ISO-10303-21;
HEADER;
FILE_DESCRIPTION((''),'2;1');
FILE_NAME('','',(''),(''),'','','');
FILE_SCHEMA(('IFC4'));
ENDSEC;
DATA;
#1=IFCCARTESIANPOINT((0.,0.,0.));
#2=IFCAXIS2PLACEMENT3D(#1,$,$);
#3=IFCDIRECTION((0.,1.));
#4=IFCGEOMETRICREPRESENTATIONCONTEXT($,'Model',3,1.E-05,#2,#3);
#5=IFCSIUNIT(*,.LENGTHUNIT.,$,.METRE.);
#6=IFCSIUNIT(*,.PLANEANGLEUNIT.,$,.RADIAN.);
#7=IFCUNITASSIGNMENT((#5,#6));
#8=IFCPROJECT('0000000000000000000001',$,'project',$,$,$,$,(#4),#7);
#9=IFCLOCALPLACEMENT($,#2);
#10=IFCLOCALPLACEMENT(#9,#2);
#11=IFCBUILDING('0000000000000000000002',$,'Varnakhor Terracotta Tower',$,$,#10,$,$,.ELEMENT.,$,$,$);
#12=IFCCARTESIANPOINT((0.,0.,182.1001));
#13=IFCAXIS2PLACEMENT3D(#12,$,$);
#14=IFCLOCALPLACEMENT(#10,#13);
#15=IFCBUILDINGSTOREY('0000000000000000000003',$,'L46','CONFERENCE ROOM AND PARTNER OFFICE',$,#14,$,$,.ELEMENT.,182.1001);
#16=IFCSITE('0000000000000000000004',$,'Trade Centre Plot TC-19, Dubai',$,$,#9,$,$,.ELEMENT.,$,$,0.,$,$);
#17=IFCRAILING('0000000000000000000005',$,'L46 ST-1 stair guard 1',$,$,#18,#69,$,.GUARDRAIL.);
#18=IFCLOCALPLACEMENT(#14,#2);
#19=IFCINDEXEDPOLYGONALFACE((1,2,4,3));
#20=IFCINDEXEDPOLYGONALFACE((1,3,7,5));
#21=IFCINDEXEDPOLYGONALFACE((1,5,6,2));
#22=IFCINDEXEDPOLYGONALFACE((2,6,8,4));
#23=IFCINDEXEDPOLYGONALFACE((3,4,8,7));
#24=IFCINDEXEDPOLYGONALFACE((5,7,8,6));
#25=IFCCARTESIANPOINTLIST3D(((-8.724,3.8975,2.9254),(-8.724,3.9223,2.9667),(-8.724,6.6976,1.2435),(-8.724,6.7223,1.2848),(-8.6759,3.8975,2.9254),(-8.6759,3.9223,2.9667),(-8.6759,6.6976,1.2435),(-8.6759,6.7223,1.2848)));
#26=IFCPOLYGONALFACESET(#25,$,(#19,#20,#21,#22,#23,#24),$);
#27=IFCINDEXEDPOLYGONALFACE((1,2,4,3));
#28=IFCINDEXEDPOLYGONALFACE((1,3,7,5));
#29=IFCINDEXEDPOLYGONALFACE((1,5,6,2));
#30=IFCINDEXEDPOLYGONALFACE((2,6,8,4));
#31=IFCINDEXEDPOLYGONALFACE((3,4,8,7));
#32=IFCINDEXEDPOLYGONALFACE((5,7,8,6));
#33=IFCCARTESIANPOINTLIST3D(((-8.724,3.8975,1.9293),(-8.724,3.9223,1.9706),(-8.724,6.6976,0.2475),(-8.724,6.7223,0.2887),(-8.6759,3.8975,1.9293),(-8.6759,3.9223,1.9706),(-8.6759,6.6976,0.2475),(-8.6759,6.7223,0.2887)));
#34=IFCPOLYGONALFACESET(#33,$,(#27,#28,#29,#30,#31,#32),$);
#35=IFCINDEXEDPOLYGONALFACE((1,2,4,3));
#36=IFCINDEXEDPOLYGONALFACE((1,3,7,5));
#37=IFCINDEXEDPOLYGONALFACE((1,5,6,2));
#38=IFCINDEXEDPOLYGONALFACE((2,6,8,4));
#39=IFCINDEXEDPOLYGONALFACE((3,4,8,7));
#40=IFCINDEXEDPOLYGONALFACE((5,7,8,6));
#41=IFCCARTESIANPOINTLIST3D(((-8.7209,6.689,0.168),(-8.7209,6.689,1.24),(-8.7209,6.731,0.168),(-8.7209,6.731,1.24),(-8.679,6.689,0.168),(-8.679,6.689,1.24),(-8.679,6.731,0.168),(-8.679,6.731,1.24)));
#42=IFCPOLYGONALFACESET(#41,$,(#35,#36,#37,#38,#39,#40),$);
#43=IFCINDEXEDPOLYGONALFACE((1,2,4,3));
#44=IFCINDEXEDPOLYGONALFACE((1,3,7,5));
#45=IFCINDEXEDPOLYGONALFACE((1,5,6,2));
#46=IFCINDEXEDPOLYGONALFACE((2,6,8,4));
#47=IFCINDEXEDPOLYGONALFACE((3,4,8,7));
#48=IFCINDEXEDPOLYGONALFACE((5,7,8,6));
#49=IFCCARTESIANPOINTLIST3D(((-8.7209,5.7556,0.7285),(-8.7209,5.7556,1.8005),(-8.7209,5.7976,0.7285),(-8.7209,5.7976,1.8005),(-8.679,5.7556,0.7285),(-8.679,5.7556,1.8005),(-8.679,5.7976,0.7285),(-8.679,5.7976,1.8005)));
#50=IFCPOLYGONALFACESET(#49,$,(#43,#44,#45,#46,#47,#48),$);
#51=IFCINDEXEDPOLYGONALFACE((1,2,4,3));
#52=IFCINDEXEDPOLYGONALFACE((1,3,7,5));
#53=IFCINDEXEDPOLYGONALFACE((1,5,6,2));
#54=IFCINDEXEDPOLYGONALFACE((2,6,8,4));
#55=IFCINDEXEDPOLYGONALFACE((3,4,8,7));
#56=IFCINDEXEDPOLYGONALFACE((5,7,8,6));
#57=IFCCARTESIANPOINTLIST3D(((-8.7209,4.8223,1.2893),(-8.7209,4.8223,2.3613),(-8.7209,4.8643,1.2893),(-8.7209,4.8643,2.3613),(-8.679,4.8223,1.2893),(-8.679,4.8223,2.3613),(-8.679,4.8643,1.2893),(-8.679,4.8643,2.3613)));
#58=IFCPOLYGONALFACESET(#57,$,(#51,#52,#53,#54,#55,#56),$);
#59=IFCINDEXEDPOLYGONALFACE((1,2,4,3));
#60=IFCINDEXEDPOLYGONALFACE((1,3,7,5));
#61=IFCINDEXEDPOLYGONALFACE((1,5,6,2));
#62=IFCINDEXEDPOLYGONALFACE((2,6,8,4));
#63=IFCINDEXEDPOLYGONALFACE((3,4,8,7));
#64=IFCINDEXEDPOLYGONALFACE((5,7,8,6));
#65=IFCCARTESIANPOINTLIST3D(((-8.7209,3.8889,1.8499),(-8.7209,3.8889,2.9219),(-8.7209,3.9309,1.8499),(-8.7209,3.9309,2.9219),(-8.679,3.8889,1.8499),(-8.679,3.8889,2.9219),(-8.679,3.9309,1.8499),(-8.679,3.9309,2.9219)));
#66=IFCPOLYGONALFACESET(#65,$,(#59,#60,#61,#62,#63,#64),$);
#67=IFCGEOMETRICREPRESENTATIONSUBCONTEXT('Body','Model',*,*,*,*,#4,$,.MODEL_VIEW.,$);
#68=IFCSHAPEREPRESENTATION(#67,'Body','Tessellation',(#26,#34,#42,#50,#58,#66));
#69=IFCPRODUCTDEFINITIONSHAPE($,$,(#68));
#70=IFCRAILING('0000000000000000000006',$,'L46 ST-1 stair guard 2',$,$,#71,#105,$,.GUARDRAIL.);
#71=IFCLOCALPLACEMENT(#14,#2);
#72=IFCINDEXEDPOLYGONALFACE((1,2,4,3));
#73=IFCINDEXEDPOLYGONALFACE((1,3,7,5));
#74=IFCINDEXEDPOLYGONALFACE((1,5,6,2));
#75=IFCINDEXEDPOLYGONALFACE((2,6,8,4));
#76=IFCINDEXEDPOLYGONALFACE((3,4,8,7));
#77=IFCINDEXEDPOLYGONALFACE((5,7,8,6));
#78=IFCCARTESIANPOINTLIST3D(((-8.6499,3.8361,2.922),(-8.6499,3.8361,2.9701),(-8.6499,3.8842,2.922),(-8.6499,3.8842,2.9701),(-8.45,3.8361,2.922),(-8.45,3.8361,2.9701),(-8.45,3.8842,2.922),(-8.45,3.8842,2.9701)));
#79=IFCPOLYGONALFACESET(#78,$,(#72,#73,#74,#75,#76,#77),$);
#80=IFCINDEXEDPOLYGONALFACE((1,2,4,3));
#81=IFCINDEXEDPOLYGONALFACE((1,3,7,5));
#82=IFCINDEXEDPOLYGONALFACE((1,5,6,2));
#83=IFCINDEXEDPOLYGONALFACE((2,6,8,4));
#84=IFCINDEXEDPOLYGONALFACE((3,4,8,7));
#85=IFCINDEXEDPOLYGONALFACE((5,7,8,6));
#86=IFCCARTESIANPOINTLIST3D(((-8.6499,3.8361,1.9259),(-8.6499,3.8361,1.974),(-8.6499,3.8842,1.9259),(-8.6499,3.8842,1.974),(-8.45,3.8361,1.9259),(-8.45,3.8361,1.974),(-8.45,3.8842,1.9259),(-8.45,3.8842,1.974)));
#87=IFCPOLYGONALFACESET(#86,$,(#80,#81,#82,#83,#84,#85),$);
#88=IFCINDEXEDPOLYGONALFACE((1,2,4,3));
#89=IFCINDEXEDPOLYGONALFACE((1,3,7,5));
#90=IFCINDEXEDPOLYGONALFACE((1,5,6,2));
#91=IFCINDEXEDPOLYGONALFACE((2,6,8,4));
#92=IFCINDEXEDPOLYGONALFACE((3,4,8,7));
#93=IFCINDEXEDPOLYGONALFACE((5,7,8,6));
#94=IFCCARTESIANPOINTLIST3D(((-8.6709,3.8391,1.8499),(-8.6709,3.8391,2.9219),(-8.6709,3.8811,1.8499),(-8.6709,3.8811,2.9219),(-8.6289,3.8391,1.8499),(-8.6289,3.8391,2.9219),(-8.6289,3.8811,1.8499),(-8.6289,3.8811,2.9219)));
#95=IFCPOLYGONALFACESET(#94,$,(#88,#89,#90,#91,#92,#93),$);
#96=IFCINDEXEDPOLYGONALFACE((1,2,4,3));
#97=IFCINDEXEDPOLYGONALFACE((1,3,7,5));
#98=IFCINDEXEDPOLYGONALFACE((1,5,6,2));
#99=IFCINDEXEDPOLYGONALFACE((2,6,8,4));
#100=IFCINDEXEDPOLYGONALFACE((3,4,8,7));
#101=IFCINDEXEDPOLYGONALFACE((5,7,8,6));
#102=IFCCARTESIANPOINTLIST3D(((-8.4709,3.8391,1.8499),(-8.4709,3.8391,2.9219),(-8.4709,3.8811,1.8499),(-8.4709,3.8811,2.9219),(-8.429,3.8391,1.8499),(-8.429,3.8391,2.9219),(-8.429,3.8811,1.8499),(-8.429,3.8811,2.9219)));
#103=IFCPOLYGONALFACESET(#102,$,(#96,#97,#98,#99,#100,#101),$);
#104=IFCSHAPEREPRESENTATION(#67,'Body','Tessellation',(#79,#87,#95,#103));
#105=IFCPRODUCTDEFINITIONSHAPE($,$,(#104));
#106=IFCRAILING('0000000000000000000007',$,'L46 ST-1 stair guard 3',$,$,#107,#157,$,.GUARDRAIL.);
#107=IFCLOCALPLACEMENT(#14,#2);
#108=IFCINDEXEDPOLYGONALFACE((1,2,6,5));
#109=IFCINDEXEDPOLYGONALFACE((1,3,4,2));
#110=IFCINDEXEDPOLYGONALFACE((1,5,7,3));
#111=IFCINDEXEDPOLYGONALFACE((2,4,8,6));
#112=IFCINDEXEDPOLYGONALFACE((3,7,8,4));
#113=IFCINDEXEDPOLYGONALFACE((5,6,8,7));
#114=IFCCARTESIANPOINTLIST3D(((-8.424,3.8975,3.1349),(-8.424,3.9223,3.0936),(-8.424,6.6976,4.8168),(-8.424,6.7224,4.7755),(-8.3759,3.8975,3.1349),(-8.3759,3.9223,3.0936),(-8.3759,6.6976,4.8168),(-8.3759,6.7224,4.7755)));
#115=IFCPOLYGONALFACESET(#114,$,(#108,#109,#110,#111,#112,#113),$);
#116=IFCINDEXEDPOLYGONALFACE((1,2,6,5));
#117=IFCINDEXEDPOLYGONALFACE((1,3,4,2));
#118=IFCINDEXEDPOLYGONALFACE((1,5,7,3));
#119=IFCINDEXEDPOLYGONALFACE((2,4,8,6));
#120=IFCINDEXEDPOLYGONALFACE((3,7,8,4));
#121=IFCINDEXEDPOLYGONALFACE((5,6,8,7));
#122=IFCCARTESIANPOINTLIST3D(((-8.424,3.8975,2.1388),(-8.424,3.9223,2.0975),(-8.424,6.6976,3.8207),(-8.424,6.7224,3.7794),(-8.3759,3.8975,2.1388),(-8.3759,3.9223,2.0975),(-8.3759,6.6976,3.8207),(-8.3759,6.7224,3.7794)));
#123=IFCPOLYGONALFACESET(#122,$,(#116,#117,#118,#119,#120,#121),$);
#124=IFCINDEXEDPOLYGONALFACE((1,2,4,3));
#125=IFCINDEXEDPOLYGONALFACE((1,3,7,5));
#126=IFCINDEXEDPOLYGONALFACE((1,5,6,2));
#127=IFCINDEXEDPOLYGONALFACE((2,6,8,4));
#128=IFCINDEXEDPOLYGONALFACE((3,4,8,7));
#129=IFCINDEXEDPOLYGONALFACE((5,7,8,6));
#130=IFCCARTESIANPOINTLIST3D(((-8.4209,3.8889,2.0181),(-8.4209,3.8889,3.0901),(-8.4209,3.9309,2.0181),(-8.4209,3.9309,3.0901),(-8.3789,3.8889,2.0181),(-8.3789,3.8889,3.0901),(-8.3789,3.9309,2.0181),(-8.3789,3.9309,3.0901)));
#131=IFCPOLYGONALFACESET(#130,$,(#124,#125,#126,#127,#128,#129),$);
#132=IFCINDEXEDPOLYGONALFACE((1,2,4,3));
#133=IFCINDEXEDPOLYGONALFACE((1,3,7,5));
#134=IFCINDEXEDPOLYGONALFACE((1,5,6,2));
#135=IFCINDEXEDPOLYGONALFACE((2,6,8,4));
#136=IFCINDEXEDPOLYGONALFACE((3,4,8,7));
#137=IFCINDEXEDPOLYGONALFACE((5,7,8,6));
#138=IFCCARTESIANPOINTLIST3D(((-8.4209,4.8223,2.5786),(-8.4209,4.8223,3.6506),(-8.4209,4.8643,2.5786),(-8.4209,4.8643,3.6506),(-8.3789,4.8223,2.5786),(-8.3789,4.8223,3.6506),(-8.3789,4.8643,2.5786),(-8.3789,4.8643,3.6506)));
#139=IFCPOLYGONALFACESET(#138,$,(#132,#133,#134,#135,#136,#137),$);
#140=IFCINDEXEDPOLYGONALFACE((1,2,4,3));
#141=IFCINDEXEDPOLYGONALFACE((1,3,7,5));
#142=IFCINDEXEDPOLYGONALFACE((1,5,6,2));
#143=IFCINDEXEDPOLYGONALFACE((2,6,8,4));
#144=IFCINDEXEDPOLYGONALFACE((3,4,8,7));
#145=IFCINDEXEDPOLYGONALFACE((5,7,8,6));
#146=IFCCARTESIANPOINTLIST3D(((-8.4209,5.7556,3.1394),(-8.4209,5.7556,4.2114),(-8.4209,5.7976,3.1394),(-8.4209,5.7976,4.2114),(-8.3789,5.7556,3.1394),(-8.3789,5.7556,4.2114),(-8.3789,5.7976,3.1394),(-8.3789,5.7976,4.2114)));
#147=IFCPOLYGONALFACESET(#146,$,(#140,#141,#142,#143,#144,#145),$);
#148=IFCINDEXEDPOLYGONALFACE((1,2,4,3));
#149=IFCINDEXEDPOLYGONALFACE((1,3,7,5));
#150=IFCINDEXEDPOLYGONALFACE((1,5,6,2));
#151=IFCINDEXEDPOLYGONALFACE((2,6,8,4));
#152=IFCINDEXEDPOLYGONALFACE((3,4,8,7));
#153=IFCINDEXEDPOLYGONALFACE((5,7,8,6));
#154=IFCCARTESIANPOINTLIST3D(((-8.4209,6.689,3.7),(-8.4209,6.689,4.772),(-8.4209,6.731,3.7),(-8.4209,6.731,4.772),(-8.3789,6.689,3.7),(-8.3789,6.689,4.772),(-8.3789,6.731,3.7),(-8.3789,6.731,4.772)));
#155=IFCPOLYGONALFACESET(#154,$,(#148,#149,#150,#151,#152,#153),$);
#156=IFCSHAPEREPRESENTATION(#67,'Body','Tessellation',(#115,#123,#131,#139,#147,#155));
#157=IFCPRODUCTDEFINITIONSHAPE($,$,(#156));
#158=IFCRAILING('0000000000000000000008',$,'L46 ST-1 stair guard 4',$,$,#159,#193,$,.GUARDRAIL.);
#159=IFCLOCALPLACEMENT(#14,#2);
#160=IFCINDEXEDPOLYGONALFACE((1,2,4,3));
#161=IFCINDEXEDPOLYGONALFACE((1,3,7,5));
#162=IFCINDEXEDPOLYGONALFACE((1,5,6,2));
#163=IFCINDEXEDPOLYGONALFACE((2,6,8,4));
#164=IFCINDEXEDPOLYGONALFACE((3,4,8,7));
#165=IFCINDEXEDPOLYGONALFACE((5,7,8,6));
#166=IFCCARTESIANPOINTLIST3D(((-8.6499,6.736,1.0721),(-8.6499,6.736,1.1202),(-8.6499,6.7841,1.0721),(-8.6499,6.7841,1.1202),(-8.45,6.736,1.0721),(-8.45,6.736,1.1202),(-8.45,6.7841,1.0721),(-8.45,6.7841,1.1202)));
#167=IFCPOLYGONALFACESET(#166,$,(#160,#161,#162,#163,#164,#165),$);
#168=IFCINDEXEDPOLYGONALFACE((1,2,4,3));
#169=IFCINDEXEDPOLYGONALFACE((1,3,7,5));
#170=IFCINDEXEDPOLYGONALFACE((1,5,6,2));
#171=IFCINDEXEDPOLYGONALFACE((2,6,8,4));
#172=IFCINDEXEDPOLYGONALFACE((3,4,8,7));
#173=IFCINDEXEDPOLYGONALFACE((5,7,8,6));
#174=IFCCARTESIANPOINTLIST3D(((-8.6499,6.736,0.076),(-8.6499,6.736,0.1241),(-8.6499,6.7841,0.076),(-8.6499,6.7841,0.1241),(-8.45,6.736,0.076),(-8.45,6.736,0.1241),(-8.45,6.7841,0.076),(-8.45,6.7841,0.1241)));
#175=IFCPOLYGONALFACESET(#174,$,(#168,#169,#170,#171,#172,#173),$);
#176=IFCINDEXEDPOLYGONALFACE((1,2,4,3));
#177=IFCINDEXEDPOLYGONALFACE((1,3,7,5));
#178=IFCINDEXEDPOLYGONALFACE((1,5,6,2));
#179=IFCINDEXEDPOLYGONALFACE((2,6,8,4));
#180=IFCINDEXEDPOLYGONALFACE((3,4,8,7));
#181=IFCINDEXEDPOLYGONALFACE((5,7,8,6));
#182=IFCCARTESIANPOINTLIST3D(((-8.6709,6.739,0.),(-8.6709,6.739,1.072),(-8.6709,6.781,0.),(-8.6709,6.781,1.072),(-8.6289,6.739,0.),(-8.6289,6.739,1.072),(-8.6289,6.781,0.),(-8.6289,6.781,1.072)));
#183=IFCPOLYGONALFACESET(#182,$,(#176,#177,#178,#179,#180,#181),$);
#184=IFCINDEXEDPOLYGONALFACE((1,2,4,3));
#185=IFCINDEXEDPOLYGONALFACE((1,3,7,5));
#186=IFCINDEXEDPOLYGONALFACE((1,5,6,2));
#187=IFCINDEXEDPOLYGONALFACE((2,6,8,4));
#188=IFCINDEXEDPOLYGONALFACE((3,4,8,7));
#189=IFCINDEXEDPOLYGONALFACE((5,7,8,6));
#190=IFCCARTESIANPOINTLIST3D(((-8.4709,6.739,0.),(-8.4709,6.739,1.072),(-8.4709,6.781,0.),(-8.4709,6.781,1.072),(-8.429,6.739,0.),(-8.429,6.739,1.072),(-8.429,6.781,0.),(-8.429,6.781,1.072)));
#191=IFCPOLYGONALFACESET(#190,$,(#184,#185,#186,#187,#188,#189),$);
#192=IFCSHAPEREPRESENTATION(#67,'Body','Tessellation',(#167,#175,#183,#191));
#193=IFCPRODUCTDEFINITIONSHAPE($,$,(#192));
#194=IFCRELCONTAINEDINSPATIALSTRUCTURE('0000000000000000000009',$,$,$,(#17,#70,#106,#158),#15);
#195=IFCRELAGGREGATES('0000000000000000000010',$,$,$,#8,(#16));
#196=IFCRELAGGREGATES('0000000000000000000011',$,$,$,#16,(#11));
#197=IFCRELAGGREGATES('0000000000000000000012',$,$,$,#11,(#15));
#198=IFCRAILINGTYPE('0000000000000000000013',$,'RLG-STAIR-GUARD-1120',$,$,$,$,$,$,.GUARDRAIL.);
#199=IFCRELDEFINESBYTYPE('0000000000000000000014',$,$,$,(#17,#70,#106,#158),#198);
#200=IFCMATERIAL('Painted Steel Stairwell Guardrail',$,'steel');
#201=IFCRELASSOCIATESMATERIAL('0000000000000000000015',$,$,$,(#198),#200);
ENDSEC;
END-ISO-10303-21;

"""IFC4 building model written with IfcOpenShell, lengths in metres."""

from ifc_helpers import new_model, si_unit, direction, frame, origin, origin_2d, place, context, subcontext, project, spatial, rectangle, extrude, material, type_object, element, save


model = new_model("IFC4")

# Units and contexts
model_context = context("Model", 3, precision=1e-05, world=origin(), true_north=direction((0.0, 1.0)))
body_context = subcontext(model_context, "Body", "Model", "MODEL_VIEW")
ifc_project = project(units=[si_unit("LENGTHUNIT", "METRE"), si_unit("PLANEANGLEUNIT", "RADIAN")], contexts=[model_context])

# Site, building, storey
site_placement = place(None, origin())
site = spatial("IfcSite", under=ifc_project, at=site_placement, Name="Trade Centre Plot TC-19, Dubai", CompositionType="ELEMENT", RefElevation=0.0)
building_placement = place(site_placement, origin())
building = spatial("IfcBuilding", under=site, at=building_placement, Name="Varnakhor Terracotta Tower", CompositionType="ELEMENT")
storey_placement = place(building_placement, frame((0.0, 0.0, 182.1001)))
storey = spatial("IfcBuildingStorey", under=building, at=storey_placement, Name="L46", Description="CONFERENCE ROOM AND PARTNER OFFICE", CompositionType="ELEMENT", Elevation=182.1001)

# Railings
ifc_material_1 = material(Name="Painted Steel Stairwell Guardrail", Category="steel")
railing_type_1 = type_object("IfcRailingType", Name="RLG-STAIR-GUARD-1120", PredefinedType="GUARDRAIL", material=ifc_material_1)
railing_1_placement = place(storey_placement, frame((-8.7, 6.71, 0.168)))
element("IfcRailing", 1, at=railing_1_placement, inside=storey, type_object=railing_type_1, Name="L46 ST-1 stair guard 1", PredefinedType="GUARDRAIL", context=body_context, shape_type="SweptSolid", body=[
    extrude(rectangle(XDim=0.0481, YDim=0.0481, at=origin_2d()), frame((0.0, 0.0, 1.0962), z_axis=(0.0, -0.857242, 0.514913), x_axis=(1.0, 0.0, 0.0)), (0.0, 0.0, 1.0), 3.2664),
    extrude(rectangle(XDim=0.0481, YDim=0.0481, at=origin_2d()), frame((0.0, 0.0, 0.1001), z_axis=(0.0, -0.857242, 0.514913), x_axis=(1.0, 0.0, 0.0)), (0.0, 0.0, 1.0), 3.2664),
    extrude(rectangle(XDim=0.042, YDim=0.042, at=origin_2d()), origin(), (0.0, 0.0, 1.0), 1.072),
    extrude(rectangle(XDim=0.042, YDim=0.042, at=origin_2d()), frame((0.0, -0.9333, 0.5605)), (0.0, 0.0, 1.0), 1.072),
    extrude(rectangle(XDim=0.042, YDim=0.042, at=origin_2d()), frame((0.0, -1.8667, 1.1213)), (0.0, 0.0, 1.0), 1.072),
    extrude(rectangle(XDim=0.042, YDim=0.042, at=origin_2d()), frame((0.0, -2.8, 1.6819)), (0.0, 0.0, 1.0), 1.072),
])
railing_2_placement = place(storey_placement, frame((-8.6499, 3.8601, 1.8499)))
element("IfcRailing", 2, at=railing_2_placement, inside=storey, type_object=railing_type_1, Name="L46 ST-1 stair guard 2", PredefinedType="GUARDRAIL", context=body_context, shape_type="SweptSolid", body=[
    extrude(rectangle(XDim=0.0481, YDim=0.0481, at=origin_2d()), frame((0.0, 0.0, 1.0962), z_axis=(1.0, 0.0, 0.0), x_axis=(0.0, 1.0, 0.0)), (0.0, 0.0, 1.0), 0.2),
    extrude(rectangle(XDim=0.0481, YDim=0.0481, at=origin_2d()), frame((0.0, 0.0, 0.1001), z_axis=(1.0, 0.0, 0.0), x_axis=(0.0, 1.0, 0.0)), (0.0, 0.0, 1.0), 0.2),
    extrude(rectangle(XDim=0.042, YDim=0.042, at=origin_2d()), origin(), (0.0, 0.0, 1.0), 1.072),
    extrude(rectangle(XDim=0.042, YDim=0.042, at=origin_2d()), frame((0.2, 0.0, 0.0)), (0.0, 0.0, 1.0), 1.072),
])
railing_3_placement = place(storey_placement, frame((-8.3999, 3.9099, 2.0181)))
element("IfcRailing", 3, at=railing_3_placement, inside=storey, type_object=railing_type_1, Name="L46 ST-1 stair guard 3", PredefinedType="GUARDRAIL", context=body_context, shape_type="SweptSolid", body=[
    extrude(rectangle(XDim=0.0481, YDim=0.0481, at=origin_2d()), frame((0.0, 0.0, 1.0962), z_axis=(0.0, 0.857242, 0.514913), x_axis=(-1.0, 0.0, 0.0)), (0.0, 0.0, 1.0), 3.2664),
    extrude(rectangle(XDim=0.0481, YDim=0.0481, at=origin_2d()), frame((0.0, 0.0, 0.1001), z_axis=(0.0, 0.857242, 0.514913), x_axis=(-1.0, 0.0, 0.0)), (0.0, 0.0, 1.0), 3.2664),
    extrude(rectangle(XDim=0.042, YDim=0.042, at=origin_2d()), origin(), (0.0, 0.0, 1.0), 1.072),
    extrude(rectangle(XDim=0.042, YDim=0.042, at=origin_2d()), frame((0.0, 0.9333, 0.5605)), (0.0, 0.0, 1.0), 1.072),
    extrude(rectangle(XDim=0.042, YDim=0.042, at=origin_2d()), frame((0.0, 1.8667, 1.1213)), (0.0, 0.0, 1.0), 1.072),
    extrude(rectangle(XDim=0.042, YDim=0.042, at=origin_2d()), frame((0.0, 2.8, 1.6819)), (0.0, 0.0, 1.0), 1.072),
])
railing_4_placement = place(storey_placement, frame((-8.6499, 6.76, 0.0)))
element("IfcRailing", 4, at=railing_4_placement, inside=storey, type_object=railing_type_1, Name="L46 ST-1 stair guard 4", PredefinedType="GUARDRAIL", context=body_context, shape_type="SweptSolid", body=[
    extrude(rectangle(XDim=0.0481, YDim=0.0481, at=origin_2d()), frame((0.0, 0.0, 1.0962), z_axis=(1.0, 0.0, 0.0), x_axis=(0.0, 1.0, 0.0)), (0.0, 0.0, 1.0), 0.2),
    extrude(rectangle(XDim=0.0481, YDim=0.0481, at=origin_2d()), frame((0.0, 0.0, 0.1001), z_axis=(1.0, 0.0, 0.0), x_axis=(0.0, 1.0, 0.0)), (0.0, 0.0, 1.0), 0.2),
    extrude(rectangle(XDim=0.042, YDim=0.042, at=origin_2d()), origin(), (0.0, 0.0, 1.0), 1.072),
    extrude(rectangle(XDim=0.042, YDim=0.042, at=origin_2d()), frame((0.2, 0.0, 0.0)), (0.0, 0.0, 1.0), 1.072),
])

save(model, "model.ifc")
